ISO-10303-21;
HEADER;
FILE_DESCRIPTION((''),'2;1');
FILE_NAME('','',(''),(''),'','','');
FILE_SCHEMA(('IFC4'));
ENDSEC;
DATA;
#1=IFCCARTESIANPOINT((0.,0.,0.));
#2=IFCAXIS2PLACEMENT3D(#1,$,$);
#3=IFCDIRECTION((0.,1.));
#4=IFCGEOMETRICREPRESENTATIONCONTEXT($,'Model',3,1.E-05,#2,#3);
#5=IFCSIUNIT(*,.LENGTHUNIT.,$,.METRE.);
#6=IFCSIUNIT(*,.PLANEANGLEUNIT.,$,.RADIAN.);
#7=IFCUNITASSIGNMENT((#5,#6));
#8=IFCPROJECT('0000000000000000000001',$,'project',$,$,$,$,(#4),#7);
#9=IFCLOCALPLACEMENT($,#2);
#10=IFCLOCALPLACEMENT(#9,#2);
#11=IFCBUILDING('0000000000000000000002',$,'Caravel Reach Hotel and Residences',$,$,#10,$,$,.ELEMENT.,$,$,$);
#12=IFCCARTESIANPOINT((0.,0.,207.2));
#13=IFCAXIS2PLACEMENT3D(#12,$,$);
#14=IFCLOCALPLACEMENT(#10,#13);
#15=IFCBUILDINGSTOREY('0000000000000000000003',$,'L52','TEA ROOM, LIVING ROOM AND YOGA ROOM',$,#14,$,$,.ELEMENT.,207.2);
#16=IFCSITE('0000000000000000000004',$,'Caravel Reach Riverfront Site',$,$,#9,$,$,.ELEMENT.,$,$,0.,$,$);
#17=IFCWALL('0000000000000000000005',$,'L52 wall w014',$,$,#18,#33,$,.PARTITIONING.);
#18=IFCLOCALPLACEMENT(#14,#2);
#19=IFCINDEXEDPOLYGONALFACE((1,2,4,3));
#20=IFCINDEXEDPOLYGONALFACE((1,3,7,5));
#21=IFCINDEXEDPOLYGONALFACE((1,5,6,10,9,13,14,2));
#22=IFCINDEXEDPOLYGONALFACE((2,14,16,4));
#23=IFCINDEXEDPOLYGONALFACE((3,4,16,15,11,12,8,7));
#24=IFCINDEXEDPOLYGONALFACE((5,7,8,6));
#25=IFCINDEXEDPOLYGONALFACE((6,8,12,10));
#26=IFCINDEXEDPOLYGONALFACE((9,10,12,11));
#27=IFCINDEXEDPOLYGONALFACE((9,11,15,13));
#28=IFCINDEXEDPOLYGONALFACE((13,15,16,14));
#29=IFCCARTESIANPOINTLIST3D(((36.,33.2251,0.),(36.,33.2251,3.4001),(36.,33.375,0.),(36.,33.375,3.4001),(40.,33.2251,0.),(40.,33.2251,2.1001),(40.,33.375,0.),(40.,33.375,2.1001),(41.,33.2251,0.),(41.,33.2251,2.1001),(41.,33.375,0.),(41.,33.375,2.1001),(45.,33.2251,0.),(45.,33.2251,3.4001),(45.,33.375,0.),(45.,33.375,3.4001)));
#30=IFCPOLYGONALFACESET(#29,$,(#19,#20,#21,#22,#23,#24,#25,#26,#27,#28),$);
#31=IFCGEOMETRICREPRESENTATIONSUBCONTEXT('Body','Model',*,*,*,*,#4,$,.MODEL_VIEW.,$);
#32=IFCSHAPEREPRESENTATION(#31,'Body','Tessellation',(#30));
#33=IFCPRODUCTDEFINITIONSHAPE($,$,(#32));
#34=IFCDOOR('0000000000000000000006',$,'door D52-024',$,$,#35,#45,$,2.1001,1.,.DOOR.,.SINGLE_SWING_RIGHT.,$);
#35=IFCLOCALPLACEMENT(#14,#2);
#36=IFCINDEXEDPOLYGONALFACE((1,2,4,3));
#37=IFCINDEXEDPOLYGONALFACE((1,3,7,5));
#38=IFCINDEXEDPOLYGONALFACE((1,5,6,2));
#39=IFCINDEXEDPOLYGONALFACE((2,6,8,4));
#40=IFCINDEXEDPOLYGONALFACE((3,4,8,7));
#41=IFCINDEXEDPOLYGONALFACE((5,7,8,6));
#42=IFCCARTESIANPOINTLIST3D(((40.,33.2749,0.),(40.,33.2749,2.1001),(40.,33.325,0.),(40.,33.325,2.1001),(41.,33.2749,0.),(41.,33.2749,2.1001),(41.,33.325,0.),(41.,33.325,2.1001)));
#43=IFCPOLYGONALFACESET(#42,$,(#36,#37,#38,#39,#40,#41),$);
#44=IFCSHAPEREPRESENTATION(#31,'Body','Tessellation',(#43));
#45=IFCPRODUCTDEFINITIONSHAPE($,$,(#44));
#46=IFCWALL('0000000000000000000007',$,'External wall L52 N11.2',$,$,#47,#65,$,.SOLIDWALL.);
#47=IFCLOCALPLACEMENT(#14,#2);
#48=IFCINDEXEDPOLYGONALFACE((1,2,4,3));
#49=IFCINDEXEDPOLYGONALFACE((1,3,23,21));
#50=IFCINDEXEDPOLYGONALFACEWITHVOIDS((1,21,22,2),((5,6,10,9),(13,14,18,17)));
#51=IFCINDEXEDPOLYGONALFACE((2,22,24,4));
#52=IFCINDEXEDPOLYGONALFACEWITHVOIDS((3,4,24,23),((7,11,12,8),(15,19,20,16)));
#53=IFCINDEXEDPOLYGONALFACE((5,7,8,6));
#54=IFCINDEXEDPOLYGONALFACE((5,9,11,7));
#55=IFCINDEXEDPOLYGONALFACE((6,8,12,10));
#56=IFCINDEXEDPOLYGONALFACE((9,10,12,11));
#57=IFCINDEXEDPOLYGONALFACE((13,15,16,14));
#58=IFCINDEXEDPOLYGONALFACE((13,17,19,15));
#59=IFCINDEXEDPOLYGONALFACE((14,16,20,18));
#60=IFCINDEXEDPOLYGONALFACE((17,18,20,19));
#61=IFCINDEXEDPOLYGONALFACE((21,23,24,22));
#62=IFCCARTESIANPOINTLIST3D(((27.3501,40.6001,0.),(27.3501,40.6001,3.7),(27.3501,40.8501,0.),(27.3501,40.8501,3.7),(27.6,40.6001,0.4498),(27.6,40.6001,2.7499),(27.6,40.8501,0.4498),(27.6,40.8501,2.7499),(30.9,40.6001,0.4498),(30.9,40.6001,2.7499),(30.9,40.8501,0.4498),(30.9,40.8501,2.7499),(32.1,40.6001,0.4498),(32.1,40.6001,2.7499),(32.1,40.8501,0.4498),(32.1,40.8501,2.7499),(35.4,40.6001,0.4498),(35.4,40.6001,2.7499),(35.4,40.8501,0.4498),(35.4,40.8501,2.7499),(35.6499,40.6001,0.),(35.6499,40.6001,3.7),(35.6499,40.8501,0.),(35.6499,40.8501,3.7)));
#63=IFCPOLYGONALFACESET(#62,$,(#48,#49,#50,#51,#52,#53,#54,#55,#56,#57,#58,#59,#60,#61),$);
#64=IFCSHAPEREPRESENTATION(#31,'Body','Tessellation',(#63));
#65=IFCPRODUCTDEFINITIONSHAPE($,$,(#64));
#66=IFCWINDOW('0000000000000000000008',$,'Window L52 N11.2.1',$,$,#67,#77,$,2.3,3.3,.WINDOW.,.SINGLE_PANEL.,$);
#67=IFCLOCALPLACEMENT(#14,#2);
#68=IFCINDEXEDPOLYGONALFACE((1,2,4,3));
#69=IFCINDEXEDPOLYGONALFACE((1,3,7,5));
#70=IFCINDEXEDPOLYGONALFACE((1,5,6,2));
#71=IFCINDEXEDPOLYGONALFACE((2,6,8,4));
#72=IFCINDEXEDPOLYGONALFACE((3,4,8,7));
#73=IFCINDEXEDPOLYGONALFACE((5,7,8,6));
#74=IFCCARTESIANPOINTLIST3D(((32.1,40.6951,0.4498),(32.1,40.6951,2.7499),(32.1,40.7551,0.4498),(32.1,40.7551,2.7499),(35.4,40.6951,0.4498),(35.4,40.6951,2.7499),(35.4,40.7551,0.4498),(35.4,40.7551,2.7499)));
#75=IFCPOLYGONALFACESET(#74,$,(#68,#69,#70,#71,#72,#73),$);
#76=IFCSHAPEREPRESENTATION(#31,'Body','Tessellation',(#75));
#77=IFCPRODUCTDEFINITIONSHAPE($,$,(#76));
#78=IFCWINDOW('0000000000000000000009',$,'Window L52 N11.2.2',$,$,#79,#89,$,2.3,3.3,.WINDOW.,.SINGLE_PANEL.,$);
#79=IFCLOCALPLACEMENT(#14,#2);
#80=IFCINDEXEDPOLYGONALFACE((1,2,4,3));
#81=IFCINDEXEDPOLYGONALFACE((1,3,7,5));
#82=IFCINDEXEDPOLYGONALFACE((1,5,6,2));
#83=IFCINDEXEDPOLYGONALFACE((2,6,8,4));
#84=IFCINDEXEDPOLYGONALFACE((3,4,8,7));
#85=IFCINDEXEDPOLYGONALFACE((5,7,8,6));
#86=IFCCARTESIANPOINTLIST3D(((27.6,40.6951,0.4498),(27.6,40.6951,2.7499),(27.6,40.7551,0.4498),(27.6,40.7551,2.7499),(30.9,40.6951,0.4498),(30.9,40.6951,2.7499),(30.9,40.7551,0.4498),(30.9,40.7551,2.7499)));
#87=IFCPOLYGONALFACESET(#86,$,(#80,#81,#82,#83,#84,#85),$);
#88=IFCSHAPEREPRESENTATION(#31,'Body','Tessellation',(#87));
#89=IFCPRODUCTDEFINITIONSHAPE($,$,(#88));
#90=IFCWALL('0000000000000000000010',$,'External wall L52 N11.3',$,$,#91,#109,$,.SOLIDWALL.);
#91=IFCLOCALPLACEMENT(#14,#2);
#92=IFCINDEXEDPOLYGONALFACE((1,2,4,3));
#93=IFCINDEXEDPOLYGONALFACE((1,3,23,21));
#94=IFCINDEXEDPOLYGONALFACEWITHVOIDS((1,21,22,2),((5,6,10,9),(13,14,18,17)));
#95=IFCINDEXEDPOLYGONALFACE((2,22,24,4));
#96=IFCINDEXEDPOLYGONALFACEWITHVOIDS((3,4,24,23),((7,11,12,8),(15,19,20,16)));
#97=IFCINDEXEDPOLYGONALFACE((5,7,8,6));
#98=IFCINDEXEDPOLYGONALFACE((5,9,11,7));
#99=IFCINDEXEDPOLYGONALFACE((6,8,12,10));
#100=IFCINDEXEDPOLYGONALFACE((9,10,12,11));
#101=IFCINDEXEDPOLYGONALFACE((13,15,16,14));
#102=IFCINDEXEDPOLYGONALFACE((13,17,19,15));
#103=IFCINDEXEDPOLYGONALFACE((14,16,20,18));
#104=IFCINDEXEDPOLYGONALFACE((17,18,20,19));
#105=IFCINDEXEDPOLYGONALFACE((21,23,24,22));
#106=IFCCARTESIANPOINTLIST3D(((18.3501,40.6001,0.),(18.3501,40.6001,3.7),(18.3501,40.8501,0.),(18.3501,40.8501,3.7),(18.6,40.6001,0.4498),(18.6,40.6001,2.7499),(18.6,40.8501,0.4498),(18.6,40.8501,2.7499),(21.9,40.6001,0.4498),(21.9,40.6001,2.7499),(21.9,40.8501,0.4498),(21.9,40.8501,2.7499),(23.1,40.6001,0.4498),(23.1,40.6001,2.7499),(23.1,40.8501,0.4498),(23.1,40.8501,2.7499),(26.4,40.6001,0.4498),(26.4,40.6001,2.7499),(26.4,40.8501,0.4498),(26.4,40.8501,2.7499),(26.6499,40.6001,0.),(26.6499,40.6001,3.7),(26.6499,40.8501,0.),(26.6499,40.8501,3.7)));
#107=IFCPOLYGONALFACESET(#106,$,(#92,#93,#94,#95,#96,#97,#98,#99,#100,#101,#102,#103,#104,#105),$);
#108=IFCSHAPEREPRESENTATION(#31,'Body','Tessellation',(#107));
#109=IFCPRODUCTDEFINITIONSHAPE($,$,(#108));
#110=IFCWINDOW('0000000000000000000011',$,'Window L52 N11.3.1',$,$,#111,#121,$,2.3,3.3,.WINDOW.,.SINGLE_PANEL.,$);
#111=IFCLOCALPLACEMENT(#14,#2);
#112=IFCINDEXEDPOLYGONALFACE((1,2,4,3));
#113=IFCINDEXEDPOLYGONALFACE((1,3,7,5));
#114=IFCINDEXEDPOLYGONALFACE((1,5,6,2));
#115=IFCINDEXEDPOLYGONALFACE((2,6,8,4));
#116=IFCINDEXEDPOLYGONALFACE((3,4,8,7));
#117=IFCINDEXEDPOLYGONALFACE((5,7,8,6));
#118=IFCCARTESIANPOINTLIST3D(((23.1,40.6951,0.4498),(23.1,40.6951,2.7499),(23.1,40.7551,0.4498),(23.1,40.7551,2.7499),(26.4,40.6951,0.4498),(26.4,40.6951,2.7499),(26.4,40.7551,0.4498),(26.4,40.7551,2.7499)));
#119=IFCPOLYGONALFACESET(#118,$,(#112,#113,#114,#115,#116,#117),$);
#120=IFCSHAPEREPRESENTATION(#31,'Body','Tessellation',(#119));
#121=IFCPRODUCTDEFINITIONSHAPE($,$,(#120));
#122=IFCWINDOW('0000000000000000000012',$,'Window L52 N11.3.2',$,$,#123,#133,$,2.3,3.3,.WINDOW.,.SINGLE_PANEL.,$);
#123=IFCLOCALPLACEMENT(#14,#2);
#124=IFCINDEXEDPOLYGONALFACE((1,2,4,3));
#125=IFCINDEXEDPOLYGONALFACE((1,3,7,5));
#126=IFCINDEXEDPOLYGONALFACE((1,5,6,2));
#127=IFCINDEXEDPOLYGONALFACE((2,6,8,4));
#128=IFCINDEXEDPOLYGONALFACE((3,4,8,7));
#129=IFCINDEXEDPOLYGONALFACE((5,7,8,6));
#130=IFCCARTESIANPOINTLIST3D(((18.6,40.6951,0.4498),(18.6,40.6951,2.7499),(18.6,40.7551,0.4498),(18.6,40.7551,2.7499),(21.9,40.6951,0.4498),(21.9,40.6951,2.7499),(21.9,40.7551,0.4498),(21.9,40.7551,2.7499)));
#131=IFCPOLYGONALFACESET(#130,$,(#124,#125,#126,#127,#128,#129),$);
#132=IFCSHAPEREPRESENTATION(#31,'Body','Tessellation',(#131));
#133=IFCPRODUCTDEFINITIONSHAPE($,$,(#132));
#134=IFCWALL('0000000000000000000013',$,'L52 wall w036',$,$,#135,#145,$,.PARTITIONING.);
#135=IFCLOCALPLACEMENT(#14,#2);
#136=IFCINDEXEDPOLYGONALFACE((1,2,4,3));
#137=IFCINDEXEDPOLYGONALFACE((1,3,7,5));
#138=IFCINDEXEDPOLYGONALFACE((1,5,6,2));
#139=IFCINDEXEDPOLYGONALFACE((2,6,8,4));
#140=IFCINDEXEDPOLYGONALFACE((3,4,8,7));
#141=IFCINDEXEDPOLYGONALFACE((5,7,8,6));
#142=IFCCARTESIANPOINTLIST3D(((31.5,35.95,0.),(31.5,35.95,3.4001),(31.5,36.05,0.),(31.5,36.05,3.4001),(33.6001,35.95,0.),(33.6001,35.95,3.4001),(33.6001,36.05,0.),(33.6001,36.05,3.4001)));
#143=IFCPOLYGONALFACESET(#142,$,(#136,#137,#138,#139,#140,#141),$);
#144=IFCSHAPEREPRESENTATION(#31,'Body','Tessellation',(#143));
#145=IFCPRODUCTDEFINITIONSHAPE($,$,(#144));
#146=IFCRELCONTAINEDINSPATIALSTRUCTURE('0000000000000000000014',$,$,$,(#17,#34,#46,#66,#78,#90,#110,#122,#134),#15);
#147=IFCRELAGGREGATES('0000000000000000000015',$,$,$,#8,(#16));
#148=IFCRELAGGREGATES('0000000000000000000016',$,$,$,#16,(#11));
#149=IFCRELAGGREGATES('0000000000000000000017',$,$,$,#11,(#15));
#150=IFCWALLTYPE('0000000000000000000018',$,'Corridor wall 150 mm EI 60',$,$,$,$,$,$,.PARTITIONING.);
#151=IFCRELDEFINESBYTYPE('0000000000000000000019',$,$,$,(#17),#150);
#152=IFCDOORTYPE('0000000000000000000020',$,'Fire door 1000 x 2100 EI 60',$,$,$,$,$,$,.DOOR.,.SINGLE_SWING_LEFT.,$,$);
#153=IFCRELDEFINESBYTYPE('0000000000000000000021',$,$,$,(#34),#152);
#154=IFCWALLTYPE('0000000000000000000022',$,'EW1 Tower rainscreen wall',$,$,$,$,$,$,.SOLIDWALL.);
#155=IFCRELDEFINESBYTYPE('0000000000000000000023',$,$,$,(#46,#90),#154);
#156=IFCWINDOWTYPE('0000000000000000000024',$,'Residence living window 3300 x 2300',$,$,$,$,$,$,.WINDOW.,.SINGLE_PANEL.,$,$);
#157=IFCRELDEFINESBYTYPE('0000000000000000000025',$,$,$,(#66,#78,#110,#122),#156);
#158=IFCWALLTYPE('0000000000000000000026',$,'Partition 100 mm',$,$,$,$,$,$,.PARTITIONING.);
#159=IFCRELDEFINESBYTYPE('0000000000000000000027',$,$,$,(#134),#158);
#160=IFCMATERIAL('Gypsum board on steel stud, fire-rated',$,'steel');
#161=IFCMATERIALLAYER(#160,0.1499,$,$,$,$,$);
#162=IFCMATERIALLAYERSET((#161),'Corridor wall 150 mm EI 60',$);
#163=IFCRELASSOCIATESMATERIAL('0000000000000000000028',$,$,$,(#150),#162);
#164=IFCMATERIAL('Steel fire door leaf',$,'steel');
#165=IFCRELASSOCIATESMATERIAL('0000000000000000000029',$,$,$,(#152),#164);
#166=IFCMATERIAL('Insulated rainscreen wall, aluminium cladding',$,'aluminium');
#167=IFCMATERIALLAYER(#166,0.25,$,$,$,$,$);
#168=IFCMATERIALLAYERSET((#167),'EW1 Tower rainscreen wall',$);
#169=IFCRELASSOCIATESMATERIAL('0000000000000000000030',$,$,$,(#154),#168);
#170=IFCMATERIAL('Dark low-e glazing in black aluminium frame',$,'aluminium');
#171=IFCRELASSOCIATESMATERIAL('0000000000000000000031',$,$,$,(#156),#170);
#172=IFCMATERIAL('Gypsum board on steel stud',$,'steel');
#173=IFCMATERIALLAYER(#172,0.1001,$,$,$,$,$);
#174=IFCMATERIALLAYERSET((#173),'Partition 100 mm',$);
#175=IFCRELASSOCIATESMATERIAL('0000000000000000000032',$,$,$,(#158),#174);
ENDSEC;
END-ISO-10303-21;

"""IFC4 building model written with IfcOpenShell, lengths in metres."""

from ifc_helpers import new_model, si_unit, direction, frame, frame_2d, origin, place, context, subcontext, project, spatial, rectangle, extrude, material, layer, layer_set, type_object, element, fill, save


model = new_model("IFC4")

# Units and contexts
model_context = context("Model", 3, precision=1e-05, world=origin(), true_north=direction((0.0, 1.0)))
body_context = subcontext(model_context, "Body", "Model", "MODEL_VIEW")
ifc_project = project(units=[si_unit("LENGTHUNIT", "METRE"), si_unit("PLANEANGLEUNIT", "RADIAN")], contexts=[model_context])

# Site, building, storey
site_placement = place(None, origin())
site = spatial("IfcSite", under=ifc_project, at=site_placement, Name="Caravel Reach Riverfront Site", CompositionType="ELEMENT", RefElevation=0.0)
building_placement = place(site_placement, origin())
building = spatial("IfcBuilding", under=site, at=building_placement, Name="Caravel Reach Hotel and Residences", CompositionType="ELEMENT")
storey_placement = place(building_placement, frame((0.0, 0.0, 207.2)))
storey = spatial("IfcBuildingStorey", under=building, at=storey_placement, Name="L52", Description="TEA ROOM, LIVING ROOM AND YOGA ROOM", CompositionType="ELEMENT", Elevation=207.2)

# Wall, opening, door
ifc_material_1 = material(Name="Gypsum board on steel stud, fire-rated", Category="steel")
ifc_layer_1 = layer(ifc_material_1, 0.1499)
ifc_layer_set_1 = layer_set([ifc_layer_1], Name="Corridor wall 150 mm EI 60")
wall_type_1 = type_object("IfcWallType", Name="Corridor wall 150 mm EI 60", PredefinedType="PARTITIONING", material=ifc_layer_set_1)
wall_1_placement = place(storey_placement, frame((36.0, 33.3, 0.0), z_axis=(0.0, 0.0, 1.0), x_axis=(1.0, 0.0, 0.0)))
wall_1 = element("IfcWall", 1, at=wall_1_placement, inside=storey, type_object=wall_type_1, Name="L52 wall w014", PredefinedType="PARTITIONING", context=body_context, shape_type="SweptSolid", body=[
    extrude(rectangle(XDim=9.0, YDim=0.1499, at=frame_2d((4.5, 0.0))), origin(), (0.0, 0.0, 1.0), 3.4001),
])
opening_1_placement = place(wall_1_placement, frame((4.0, 0.0, 0.0)))
opening_1 = element("IfcOpeningElement", 2, at=opening_1_placement, cuts=wall_1, PredefinedType="OPENING", context=body_context, shape_type="SweptSolid", body=[
    extrude(rectangle(XDim=1.0, YDim=2.1001, at=frame_2d((0.5, 1.05))), frame((0.0, 0.085, 0.0), z_axis=(0.0, -1.0, 0.0), x_axis=(1.0, 0.0, 0.0)), (0.0, 0.0, 1.0), 0.1699),
])
ifc_material_2 = material(Name="Steel fire door leaf", Category="steel")
door_type_1 = type_object("IfcDoorType", Name="Fire door 1000 x 2100 EI 60", OperationType="SINGLE_SWING_LEFT", PredefinedType="DOOR", material=ifc_material_2)
door_1_placement = place(opening_1_placement, origin())
door_1 = element("IfcDoor", 3, at=door_1_placement, inside=storey, type_object=door_type_1, Name="door D52-024", OperationType="SINGLE_SWING_RIGHT", OverallHeight=2.1001, OverallWidth=1.0, PredefinedType="DOOR", context=body_context, shape_type="SweptSolid", body=[
    extrude(rectangle(XDim=1.0, YDim=2.1001, at=frame_2d((0.5, 1.05))), frame((0.0, 0.0249, 0.0), z_axis=(0.0, -1.0, 0.0), x_axis=(1.0, 0.0, 0.0)), (0.0, 0.0, 1.0), 0.05),
])
fill(opening_1, door_1)

# Walls, openings, windows
ifc_material_3 = material(Name="Insulated rainscreen wall, aluminium cladding", Category="aluminium")
ifc_layer_2 = layer(ifc_material_3, 0.25)
ifc_layer_set_2 = layer_set([ifc_layer_2], Name="EW1 Tower rainscreen wall")
wall_type_2 = type_object("IfcWallType", Name="EW1 Tower rainscreen wall", PredefinedType="SOLIDWALL", material=ifc_layer_set_2)
wall_2_placement = place(storey_placement, frame((35.6499, 40.7251, 0.0), z_axis=(0.0, 0.0, 1.0), x_axis=(-1.0, 0.0, 0.0)))
wall_2 = element("IfcWall", 4, at=wall_2_placement, inside=storey, type_object=wall_type_2, Name="External wall L52 N11.2", PredefinedType="SOLIDWALL", context=body_context, shape_type="SweptSolid", body=[
    extrude(rectangle(XDim=8.2998, YDim=0.25, at=frame_2d((4.1499, 0.0))), origin(), (0.0, 0.0, 1.0), 3.7),
])
opening_2_placement = place(wall_2_placement, frame((0.25, 0.0, 0.45)))
opening_2 = element("IfcOpeningElement", 5, at=opening_2_placement, cuts=wall_2, PredefinedType="OPENING", context=body_context, shape_type="SweptSolid", body=[
    extrude(rectangle(XDim=3.3, YDim=2.3, at=frame_2d((1.6499, 1.1499))), frame((0.0, 0.135, 0.0), z_axis=(0.0, -1.0, 0.0), x_axis=(1.0, 0.0, 0.0)), (0.0, 0.0, 1.0), 0.27),
])
opening_3_placement = place(wall_2_placement, frame((4.75, 0.0, 0.45)))
opening_3 = element("IfcOpeningElement", 6, at=opening_3_placement, cuts=wall_2, PredefinedType="OPENING", context=body_context, shape_type="SweptSolid", body=[
    extrude(rectangle(XDim=3.3, YDim=2.3, at=frame_2d((1.6499, 1.1499))), frame((0.0, 0.135, 0.0), z_axis=(0.0, -1.0, 0.0), x_axis=(1.0, 0.0, 0.0)), (0.0, 0.0, 1.0), 0.27),
])
ifc_material_4 = material(Name="Dark low-e glazing in black aluminium frame", Category="aluminium")
window_type = type_object("IfcWindowType", Name="Residence living window 3300 x 2300", PartitioningType="SINGLE_PANEL", PredefinedType="WINDOW", material=ifc_material_4)
window_1_placement = place(opening_2_placement, origin())
window_1 = element("IfcWindow", 7, at=window_1_placement, inside=storey, type_object=window_type, Name="Window L52 N11.2.1", OverallHeight=2.3, OverallWidth=3.3, PartitioningType="SINGLE_PANEL", PredefinedType="WINDOW", context=body_context, shape_type="SweptSolid", body=[
    extrude(rectangle(XDim=3.3, YDim=2.3, at=frame_2d((1.6499, 1.1499))), frame((0.0, 0.03, 0.0), z_axis=(0.0, -1.0, 0.0), x_axis=(1.0, 0.0, 0.0)), (0.0, 0.0, 1.0), 0.0601),
])
fill(opening_2, window_1)
window_2_placement = place(opening_3_placement, origin())
window_2 = element("IfcWindow", 8, at=window_2_placement, inside=storey, type_object=window_type, Name="Window L52 N11.2.2", OverallHeight=2.3, OverallWidth=3.3, PartitioningType="SINGLE_PANEL", PredefinedType="WINDOW", context=body_context, shape_type="SweptSolid", body=[
    extrude(rectangle(XDim=3.3, YDim=2.3, at=frame_2d((1.6499, 1.1499))), frame((0.0, 0.03, 0.0), z_axis=(0.0, -1.0, 0.0), x_axis=(1.0, 0.0, 0.0)), (0.0, 0.0, 1.0), 0.0601),
])
fill(opening_3, window_2)
wall_3_placement = place(storey_placement, frame((26.6499, 40.7251, 0.0), z_axis=(0.0, 0.0, 1.0), x_axis=(-1.0, 0.0, 0.0)))
wall_3 = element("IfcWall", 9, at=wall_3_placement, inside=storey, type_object=wall_type_2, Name="External wall L52 N11.3", PredefinedType="SOLIDWALL", context=body_context, shape_type="SweptSolid", body=[
    extrude(rectangle(XDim=8.2998, YDim=0.25, at=frame_2d((4.1499, 0.0))), origin(), (0.0, 0.0, 1.0), 3.7),
])
opening_4_placement = place(wall_3_placement, frame((0.25, 0.0, 0.45)))
opening_4 = element("IfcOpeningElement", 10, at=opening_4_placement, cuts=wall_3, PredefinedType="OPENING", context=body_context, shape_type="SweptSolid", body=[
    extrude(rectangle(XDim=3.3, YDim=2.3, at=frame_2d((1.6499, 1.1499))), frame((0.0, 0.135, 0.0), z_axis=(0.0, -1.0, 0.0), x_axis=(1.0, 0.0, 0.0)), (0.0, 0.0, 1.0), 0.27),
])
opening_5_placement = place(wall_3_placement, frame((4.75, 0.0, 0.45)))
opening_5 = element("IfcOpeningElement", 11, at=opening_5_placement, cuts=wall_3, PredefinedType="OPENING", context=body_context, shape_type="SweptSolid", body=[
    extrude(rectangle(XDim=3.3, YDim=2.3, at=frame_2d((1.6499, 1.1499))), frame((0.0, 0.135, 0.0), z_axis=(0.0, -1.0, 0.0), x_axis=(1.0, 0.0, 0.0)), (0.0, 0.0, 1.0), 0.27),
])
window_3_placement = place(opening_4_placement, origin())
window_3 = element("IfcWindow", 12, at=window_3_placement, inside=storey, type_object=window_type, Name="Window L52 N11.3.1", OverallHeight=2.3, OverallWidth=3.3, PartitioningType="SINGLE_PANEL", PredefinedType="WINDOW", context=body_context, shape_type="SweptSolid", body=[
    extrude(rectangle(XDim=3.3, YDim=2.3, at=frame_2d((1.6499, 1.1499))), frame((0.0, 0.03, 0.0), z_axis=(0.0, -1.0, 0.0), x_axis=(1.0, 0.0, 0.0)), (0.0, 0.0, 1.0), 0.0601),
])
fill(opening_4, window_3)
window_4_placement = place(opening_5_placement, origin())
window_4 = element("IfcWindow", 13, at=window_4_placement, inside=storey, type_object=window_type, Name="Window L52 N11.3.2", OverallHeight=2.3, OverallWidth=3.3, PartitioningType="SINGLE_PANEL", PredefinedType="WINDOW", context=body_context, shape_type="SweptSolid", body=[
    extrude(rectangle(XDim=3.3, YDim=2.3, at=frame_2d((1.6499, 1.1499))), frame((0.0, 0.03, 0.0), z_axis=(0.0, -1.0, 0.0), x_axis=(1.0, 0.0, 0.0)), (0.0, 0.0, 1.0), 0.0601),
])
fill(opening_5, window_4)

# Wall
ifc_material_5 = material(Name="Gypsum board on steel stud", Category="steel")
ifc_layer_3 = layer(ifc_material_5, 0.1001)
ifc_layer_set_3 = layer_set([ifc_layer_3], Name="Partition 100 mm")
wall_type_3 = type_object("IfcWallType", Name="Partition 100 mm", PredefinedType="PARTITIONING", material=ifc_layer_set_3)
wall_4_placement = place(storey_placement, frame((31.5, 36.0, 0.0), z_axis=(0.0, 0.0, 1.0), x_axis=(1.0, 0.0, 0.0)))
element("IfcWall", 14, at=wall_4_placement, inside=storey, type_object=wall_type_3, Name="L52 wall w036", PredefinedType="PARTITIONING", context=body_context, shape_type="SweptSolid", body=[
    extrude(rectangle(XDim=2.1001, YDim=0.1001, at=frame_2d((1.05, 0.0))), origin(), (0.0, 0.0, 1.0), 3.4001),
])

save(model, "model.ifc")
